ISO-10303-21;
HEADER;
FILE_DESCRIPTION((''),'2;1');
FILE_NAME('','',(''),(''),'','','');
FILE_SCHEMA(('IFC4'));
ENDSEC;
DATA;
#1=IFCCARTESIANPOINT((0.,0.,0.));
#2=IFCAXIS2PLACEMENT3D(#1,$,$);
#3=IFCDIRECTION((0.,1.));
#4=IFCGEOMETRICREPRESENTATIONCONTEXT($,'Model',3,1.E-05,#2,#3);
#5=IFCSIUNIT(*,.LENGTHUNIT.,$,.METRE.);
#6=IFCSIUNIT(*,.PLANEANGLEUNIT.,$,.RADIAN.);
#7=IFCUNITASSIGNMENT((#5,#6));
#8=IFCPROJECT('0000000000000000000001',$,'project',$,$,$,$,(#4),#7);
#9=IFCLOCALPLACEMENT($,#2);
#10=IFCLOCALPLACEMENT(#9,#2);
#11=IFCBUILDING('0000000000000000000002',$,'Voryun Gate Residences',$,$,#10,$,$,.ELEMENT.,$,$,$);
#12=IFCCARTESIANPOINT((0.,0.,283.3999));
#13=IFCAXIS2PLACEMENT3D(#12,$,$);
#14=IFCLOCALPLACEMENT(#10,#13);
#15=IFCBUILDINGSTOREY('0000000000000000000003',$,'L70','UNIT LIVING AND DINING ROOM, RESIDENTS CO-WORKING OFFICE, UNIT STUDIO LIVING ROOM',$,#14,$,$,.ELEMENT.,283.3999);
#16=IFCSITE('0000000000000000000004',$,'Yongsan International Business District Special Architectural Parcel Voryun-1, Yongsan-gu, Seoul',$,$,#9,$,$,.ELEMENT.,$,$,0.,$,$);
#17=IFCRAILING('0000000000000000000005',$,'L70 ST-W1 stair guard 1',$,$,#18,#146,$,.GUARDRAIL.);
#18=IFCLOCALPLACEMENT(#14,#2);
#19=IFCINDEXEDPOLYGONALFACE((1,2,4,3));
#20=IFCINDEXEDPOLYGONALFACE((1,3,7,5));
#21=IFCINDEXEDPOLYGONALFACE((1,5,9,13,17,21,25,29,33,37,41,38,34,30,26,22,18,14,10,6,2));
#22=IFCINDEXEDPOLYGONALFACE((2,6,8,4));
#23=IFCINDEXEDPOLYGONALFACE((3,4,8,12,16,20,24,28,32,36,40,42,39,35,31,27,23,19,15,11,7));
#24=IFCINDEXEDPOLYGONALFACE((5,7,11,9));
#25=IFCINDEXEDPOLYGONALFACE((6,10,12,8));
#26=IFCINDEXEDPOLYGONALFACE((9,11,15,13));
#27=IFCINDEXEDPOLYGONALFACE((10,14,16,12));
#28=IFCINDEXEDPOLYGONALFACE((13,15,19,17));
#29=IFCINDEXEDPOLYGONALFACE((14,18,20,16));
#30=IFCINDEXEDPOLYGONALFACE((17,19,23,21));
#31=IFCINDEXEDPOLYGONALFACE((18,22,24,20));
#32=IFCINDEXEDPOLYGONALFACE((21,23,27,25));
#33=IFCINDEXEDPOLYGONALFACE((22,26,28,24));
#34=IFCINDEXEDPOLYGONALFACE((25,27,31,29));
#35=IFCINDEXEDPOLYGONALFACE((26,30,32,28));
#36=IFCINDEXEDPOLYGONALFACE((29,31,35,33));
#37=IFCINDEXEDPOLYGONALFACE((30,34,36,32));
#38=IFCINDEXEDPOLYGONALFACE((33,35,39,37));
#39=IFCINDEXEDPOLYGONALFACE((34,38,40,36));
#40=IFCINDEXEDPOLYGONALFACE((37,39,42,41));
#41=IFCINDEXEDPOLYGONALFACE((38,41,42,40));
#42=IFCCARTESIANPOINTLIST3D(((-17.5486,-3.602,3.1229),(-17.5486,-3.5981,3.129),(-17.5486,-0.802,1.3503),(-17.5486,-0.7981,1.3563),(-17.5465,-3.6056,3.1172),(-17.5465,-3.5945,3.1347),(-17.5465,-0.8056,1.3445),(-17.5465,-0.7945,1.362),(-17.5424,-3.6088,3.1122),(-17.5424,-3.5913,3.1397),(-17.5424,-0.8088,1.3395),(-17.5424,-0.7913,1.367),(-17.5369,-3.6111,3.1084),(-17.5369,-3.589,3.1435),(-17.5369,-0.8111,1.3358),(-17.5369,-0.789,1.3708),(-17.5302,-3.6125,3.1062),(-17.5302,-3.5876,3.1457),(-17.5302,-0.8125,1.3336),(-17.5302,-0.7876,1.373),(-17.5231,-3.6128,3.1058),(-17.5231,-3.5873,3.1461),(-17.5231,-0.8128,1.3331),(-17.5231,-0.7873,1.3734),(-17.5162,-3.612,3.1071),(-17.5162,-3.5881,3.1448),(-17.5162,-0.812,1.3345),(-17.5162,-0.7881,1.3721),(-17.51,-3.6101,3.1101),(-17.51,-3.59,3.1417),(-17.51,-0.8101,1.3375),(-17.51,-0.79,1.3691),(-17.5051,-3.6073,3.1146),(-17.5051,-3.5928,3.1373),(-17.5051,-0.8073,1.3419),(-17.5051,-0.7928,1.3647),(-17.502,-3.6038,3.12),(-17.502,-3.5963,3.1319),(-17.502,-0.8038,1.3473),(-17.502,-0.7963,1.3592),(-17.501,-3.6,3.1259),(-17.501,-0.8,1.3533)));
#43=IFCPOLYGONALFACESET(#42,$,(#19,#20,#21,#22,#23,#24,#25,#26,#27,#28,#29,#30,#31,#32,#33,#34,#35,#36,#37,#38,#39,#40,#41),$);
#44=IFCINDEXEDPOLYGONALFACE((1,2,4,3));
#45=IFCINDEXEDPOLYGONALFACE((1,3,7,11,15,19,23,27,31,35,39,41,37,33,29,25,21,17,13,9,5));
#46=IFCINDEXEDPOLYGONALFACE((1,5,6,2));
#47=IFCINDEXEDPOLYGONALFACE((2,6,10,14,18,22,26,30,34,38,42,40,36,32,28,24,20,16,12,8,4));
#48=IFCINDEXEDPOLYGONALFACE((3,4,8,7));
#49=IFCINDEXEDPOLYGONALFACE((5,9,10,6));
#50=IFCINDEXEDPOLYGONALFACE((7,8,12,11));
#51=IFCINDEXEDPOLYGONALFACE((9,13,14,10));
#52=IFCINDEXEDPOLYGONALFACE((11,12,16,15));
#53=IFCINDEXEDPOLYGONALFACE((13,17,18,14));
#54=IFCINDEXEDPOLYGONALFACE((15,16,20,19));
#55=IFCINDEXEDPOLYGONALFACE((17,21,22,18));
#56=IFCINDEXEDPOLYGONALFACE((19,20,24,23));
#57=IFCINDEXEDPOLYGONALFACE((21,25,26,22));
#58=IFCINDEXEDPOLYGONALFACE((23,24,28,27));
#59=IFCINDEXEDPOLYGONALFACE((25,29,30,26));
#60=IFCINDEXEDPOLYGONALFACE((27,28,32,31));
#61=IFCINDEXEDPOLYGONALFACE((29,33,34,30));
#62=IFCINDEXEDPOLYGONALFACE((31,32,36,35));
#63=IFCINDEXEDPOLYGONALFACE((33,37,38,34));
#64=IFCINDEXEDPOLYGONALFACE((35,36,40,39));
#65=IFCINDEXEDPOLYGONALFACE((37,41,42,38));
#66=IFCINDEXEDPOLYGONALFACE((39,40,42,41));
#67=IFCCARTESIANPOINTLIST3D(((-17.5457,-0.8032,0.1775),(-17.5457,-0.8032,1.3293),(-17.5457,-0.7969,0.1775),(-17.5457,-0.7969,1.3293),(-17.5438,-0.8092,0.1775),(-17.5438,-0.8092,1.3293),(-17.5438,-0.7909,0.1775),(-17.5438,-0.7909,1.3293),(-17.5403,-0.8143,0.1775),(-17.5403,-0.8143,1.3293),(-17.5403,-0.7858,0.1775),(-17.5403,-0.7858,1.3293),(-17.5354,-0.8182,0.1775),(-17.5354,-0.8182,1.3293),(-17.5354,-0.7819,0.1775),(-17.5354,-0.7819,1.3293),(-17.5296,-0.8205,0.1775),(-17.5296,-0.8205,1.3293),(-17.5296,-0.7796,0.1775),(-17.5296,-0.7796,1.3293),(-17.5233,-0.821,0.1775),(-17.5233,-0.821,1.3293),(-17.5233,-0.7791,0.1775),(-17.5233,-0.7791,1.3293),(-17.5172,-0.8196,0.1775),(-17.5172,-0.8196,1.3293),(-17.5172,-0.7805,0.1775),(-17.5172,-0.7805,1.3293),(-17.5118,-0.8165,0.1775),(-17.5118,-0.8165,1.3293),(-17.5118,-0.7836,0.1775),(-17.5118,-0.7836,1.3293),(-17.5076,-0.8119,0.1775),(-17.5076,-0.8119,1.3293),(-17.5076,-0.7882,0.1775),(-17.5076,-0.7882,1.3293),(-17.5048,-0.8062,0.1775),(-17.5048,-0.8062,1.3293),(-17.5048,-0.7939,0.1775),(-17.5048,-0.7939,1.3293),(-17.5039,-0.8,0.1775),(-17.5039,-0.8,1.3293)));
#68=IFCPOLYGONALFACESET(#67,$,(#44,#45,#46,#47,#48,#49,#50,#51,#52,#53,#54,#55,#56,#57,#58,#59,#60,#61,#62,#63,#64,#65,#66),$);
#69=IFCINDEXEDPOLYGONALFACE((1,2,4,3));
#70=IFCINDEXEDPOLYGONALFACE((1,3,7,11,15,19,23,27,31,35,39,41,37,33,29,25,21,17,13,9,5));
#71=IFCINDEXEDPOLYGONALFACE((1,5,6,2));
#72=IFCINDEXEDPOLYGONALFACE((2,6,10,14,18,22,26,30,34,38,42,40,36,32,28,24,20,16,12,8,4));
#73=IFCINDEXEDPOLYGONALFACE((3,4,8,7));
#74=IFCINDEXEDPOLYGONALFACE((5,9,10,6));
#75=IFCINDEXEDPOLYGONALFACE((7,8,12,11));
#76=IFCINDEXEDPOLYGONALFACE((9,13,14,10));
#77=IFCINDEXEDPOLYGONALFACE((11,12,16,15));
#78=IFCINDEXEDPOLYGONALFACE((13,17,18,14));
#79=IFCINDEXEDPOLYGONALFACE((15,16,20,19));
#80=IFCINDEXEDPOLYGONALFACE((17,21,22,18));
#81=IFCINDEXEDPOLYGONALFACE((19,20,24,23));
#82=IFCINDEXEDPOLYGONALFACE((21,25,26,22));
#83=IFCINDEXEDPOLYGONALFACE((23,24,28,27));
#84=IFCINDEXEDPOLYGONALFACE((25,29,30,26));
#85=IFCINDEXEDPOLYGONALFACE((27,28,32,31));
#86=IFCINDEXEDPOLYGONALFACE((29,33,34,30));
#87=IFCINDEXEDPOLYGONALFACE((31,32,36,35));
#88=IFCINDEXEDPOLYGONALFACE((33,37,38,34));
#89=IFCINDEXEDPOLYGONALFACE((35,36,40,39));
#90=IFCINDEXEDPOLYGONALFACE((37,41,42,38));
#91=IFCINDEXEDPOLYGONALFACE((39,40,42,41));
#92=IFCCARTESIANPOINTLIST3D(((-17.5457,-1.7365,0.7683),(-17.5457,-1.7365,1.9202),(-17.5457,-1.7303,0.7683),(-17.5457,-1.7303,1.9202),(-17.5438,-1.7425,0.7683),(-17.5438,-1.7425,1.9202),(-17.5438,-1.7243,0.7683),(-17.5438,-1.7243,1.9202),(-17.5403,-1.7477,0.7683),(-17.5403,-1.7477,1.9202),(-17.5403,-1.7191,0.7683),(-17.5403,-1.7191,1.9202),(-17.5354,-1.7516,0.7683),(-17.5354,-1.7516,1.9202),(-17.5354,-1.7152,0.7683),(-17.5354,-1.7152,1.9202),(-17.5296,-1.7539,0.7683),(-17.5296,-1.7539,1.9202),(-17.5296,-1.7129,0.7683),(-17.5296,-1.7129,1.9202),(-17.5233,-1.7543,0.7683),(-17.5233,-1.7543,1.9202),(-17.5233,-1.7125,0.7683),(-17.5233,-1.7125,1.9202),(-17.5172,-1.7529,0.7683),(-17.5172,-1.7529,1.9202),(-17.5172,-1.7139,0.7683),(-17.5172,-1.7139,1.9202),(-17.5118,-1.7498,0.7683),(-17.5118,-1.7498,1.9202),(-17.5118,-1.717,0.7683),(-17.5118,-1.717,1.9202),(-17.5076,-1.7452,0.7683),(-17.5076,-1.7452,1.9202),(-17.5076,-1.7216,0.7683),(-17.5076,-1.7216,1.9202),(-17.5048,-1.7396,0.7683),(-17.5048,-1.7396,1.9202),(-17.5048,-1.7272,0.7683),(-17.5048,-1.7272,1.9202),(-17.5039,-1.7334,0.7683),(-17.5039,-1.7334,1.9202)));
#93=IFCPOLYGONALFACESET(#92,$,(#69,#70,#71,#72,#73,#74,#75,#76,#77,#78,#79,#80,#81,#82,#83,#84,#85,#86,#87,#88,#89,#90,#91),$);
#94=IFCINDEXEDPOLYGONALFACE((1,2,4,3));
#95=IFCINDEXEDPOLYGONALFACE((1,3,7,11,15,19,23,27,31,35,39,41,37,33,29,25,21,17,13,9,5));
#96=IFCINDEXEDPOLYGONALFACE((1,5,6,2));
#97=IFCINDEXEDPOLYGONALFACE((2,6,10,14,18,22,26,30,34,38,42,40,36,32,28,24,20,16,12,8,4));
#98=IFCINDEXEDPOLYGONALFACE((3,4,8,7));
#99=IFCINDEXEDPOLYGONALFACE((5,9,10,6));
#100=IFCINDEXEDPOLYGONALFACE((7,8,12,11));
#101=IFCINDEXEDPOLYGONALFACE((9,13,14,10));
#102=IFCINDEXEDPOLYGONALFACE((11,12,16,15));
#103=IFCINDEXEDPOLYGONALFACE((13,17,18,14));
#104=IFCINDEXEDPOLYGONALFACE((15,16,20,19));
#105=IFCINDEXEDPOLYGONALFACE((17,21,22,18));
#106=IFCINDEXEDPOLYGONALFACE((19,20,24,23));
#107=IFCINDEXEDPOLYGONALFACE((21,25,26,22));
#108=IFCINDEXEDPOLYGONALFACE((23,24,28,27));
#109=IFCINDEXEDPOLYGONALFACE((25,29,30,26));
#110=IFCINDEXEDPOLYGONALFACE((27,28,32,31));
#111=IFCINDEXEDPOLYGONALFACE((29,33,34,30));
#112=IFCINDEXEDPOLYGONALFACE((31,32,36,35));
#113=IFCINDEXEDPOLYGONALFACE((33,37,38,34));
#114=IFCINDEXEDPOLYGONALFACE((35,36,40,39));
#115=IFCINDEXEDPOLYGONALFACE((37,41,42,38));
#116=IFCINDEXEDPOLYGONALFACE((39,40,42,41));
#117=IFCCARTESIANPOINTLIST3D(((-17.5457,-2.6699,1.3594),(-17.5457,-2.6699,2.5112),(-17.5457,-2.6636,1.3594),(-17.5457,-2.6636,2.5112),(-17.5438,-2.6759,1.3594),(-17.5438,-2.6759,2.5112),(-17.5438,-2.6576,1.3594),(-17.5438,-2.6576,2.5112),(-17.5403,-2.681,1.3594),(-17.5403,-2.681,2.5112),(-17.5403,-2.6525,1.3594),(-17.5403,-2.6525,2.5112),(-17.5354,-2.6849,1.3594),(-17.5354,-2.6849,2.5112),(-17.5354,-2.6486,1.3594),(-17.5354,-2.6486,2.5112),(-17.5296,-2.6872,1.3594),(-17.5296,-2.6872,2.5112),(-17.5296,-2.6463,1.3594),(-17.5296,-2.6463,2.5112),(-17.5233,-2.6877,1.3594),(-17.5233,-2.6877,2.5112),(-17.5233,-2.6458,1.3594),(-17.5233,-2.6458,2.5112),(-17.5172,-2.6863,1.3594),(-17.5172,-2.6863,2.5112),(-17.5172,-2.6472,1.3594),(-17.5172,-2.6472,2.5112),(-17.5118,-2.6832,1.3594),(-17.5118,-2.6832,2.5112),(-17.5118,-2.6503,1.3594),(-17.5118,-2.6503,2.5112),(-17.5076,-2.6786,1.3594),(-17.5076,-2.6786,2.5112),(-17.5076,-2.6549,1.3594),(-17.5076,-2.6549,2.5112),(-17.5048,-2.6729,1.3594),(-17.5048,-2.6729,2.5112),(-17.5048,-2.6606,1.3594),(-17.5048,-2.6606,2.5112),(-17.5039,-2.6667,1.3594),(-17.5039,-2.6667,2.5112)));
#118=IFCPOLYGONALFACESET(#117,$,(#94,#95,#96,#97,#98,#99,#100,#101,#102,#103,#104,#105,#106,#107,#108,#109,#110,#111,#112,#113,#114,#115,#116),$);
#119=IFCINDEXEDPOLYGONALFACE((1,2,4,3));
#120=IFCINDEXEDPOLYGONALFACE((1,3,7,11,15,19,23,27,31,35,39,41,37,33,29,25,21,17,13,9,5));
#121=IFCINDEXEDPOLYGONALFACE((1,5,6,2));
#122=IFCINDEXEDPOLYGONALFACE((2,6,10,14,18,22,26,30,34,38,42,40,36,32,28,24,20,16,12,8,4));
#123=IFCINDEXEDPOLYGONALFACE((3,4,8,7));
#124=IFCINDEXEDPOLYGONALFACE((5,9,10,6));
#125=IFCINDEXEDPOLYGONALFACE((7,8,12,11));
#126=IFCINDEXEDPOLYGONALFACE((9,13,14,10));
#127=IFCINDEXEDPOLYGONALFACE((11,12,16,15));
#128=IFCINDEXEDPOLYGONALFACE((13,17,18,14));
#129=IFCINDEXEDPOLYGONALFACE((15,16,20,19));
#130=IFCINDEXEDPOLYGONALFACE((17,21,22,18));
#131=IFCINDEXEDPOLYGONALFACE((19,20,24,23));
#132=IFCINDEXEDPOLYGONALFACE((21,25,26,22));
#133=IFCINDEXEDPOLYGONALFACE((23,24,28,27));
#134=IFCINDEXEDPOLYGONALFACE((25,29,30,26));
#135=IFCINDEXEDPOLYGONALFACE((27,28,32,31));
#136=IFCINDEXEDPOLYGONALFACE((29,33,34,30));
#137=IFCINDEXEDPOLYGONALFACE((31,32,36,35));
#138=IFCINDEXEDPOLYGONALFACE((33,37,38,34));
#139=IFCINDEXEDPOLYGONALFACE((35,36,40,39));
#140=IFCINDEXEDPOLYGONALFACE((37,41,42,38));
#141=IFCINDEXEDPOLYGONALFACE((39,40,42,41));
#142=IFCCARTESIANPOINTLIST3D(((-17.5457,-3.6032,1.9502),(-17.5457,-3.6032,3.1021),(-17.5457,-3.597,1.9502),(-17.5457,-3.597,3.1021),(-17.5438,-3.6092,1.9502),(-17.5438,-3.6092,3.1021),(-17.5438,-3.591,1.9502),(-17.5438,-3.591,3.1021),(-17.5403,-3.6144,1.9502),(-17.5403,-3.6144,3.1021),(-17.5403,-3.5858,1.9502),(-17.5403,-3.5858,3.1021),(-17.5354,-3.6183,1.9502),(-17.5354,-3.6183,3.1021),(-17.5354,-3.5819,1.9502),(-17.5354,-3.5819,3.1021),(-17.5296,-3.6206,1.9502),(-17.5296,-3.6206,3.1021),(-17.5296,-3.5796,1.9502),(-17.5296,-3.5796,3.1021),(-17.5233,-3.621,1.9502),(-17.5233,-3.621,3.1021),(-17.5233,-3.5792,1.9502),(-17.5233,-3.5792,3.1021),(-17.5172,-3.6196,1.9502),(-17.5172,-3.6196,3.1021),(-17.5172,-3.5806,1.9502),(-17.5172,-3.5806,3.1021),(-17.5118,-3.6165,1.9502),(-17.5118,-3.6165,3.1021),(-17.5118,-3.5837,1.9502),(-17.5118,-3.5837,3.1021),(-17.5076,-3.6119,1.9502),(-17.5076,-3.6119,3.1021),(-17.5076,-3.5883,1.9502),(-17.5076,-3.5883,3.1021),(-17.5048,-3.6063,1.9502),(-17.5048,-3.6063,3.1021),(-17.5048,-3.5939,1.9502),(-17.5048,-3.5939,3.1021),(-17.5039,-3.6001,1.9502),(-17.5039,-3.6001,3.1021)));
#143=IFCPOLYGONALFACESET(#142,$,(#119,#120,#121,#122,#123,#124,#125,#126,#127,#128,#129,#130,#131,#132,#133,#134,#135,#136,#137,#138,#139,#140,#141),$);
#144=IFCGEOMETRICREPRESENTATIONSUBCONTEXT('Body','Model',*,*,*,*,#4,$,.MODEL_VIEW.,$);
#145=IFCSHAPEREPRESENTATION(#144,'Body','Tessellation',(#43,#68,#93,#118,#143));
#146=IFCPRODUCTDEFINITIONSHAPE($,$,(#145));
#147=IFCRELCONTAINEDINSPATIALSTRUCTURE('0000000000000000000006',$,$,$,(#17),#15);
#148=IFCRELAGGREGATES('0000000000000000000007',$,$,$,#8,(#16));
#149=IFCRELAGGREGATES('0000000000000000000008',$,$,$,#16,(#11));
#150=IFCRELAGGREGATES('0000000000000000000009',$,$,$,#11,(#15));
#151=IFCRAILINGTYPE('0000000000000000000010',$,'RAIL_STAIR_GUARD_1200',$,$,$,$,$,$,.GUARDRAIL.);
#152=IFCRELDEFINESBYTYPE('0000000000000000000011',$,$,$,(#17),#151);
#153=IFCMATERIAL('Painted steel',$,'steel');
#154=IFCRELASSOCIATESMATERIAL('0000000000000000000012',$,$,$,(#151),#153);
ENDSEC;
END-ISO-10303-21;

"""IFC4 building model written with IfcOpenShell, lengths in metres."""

from ifc_helpers import new_model, si_unit, direction, frame, origin, origin_2d, place, context, subcontext, project, spatial, circle, extrude, material, type_object, element, save


model = new_model("IFC4")

# Units and contexts
model_context = context("Model", 3, precision=1e-05, world=origin(), true_north=direction((0.0, 1.0)))
body_context = subcontext(model_context, "Body", "Model", "MODEL_VIEW")
ifc_project = project(units=[si_unit("LENGTHUNIT", "METRE"), si_unit("PLANEANGLEUNIT", "RADIAN")], contexts=[model_context])

# Site, building, storey
site_placement = place(None, origin())
site = spatial("IfcSite", under=ifc_project, at=site_placement, Name="Yongsan International Business District Special Architectural Parcel Voryun-1, Yongsan-gu, Seoul", CompositionType="ELEMENT", RefElevation=0.0)
building_placement = place(site_placement, origin())
building = spatial("IfcBuilding", under=site, at=building_placement, Name="Voryun Gate Residences", CompositionType="ELEMENT")
storey_placement = place(building_placement, frame((0.0, 0.0, 283.3999)))
storey = spatial("IfcBuildingStorey", under=building, at=storey_placement, Name="L70", Description="UNIT LIVING AND DINING ROOM, RESIDENTS CO-WORKING OFFICE, UNIT STUDIO LIVING ROOM", CompositionType="ELEMENT", Elevation=283.3999)

# Railing
ifc_material_1 = material(Name="Painted steel", Category="steel")
railing_type_1 = type_object("IfcRailingType", Name="RAIL_STAIR_GUARD_1200", PredefinedType="GUARDRAIL", material=ifc_material_1)
railing_1_placement = place(storey_placement, frame((-17.5249, -0.8, 0.1775)))
element("IfcRailing", 1, at=railing_1_placement, inside=storey, type_object=railing_type_1, Name="L70 ST-W1 stair guard 1", PredefinedType="GUARDRAIL", context=body_context, shape_type="SweptSolid", body=[
    extrude(circle(Radius=0.0239, at=origin_2d()), frame((0.0, 0.0, 1.1758), z_axis=(0.0, -0.844909, 0.53491), x_axis=(1.0, 0.0, 0.0)), (0.0, 0.0, 1.0), 3.314),
    extrude(circle(Radius=0.021, at=origin_2d()), origin(), (0.0, 0.0, 1.0), 1.1519),
    extrude(circle(Radius=0.021, at=origin_2d()), frame((0.0, -0.9333, 0.5908)), (0.0, 0.0, 1.0), 1.1519),
    extrude(circle(Radius=0.021, at=origin_2d()), frame((0.0, -1.8667, 1.1819)), (0.0, 0.0, 1.0), 1.1519),
    extrude(circle(Radius=0.021, at=origin_2d()), frame((0.0, -2.8, 1.7727)), (0.0, 0.0, 1.0), 1.1519),
])

save(model, "model.ifc")
